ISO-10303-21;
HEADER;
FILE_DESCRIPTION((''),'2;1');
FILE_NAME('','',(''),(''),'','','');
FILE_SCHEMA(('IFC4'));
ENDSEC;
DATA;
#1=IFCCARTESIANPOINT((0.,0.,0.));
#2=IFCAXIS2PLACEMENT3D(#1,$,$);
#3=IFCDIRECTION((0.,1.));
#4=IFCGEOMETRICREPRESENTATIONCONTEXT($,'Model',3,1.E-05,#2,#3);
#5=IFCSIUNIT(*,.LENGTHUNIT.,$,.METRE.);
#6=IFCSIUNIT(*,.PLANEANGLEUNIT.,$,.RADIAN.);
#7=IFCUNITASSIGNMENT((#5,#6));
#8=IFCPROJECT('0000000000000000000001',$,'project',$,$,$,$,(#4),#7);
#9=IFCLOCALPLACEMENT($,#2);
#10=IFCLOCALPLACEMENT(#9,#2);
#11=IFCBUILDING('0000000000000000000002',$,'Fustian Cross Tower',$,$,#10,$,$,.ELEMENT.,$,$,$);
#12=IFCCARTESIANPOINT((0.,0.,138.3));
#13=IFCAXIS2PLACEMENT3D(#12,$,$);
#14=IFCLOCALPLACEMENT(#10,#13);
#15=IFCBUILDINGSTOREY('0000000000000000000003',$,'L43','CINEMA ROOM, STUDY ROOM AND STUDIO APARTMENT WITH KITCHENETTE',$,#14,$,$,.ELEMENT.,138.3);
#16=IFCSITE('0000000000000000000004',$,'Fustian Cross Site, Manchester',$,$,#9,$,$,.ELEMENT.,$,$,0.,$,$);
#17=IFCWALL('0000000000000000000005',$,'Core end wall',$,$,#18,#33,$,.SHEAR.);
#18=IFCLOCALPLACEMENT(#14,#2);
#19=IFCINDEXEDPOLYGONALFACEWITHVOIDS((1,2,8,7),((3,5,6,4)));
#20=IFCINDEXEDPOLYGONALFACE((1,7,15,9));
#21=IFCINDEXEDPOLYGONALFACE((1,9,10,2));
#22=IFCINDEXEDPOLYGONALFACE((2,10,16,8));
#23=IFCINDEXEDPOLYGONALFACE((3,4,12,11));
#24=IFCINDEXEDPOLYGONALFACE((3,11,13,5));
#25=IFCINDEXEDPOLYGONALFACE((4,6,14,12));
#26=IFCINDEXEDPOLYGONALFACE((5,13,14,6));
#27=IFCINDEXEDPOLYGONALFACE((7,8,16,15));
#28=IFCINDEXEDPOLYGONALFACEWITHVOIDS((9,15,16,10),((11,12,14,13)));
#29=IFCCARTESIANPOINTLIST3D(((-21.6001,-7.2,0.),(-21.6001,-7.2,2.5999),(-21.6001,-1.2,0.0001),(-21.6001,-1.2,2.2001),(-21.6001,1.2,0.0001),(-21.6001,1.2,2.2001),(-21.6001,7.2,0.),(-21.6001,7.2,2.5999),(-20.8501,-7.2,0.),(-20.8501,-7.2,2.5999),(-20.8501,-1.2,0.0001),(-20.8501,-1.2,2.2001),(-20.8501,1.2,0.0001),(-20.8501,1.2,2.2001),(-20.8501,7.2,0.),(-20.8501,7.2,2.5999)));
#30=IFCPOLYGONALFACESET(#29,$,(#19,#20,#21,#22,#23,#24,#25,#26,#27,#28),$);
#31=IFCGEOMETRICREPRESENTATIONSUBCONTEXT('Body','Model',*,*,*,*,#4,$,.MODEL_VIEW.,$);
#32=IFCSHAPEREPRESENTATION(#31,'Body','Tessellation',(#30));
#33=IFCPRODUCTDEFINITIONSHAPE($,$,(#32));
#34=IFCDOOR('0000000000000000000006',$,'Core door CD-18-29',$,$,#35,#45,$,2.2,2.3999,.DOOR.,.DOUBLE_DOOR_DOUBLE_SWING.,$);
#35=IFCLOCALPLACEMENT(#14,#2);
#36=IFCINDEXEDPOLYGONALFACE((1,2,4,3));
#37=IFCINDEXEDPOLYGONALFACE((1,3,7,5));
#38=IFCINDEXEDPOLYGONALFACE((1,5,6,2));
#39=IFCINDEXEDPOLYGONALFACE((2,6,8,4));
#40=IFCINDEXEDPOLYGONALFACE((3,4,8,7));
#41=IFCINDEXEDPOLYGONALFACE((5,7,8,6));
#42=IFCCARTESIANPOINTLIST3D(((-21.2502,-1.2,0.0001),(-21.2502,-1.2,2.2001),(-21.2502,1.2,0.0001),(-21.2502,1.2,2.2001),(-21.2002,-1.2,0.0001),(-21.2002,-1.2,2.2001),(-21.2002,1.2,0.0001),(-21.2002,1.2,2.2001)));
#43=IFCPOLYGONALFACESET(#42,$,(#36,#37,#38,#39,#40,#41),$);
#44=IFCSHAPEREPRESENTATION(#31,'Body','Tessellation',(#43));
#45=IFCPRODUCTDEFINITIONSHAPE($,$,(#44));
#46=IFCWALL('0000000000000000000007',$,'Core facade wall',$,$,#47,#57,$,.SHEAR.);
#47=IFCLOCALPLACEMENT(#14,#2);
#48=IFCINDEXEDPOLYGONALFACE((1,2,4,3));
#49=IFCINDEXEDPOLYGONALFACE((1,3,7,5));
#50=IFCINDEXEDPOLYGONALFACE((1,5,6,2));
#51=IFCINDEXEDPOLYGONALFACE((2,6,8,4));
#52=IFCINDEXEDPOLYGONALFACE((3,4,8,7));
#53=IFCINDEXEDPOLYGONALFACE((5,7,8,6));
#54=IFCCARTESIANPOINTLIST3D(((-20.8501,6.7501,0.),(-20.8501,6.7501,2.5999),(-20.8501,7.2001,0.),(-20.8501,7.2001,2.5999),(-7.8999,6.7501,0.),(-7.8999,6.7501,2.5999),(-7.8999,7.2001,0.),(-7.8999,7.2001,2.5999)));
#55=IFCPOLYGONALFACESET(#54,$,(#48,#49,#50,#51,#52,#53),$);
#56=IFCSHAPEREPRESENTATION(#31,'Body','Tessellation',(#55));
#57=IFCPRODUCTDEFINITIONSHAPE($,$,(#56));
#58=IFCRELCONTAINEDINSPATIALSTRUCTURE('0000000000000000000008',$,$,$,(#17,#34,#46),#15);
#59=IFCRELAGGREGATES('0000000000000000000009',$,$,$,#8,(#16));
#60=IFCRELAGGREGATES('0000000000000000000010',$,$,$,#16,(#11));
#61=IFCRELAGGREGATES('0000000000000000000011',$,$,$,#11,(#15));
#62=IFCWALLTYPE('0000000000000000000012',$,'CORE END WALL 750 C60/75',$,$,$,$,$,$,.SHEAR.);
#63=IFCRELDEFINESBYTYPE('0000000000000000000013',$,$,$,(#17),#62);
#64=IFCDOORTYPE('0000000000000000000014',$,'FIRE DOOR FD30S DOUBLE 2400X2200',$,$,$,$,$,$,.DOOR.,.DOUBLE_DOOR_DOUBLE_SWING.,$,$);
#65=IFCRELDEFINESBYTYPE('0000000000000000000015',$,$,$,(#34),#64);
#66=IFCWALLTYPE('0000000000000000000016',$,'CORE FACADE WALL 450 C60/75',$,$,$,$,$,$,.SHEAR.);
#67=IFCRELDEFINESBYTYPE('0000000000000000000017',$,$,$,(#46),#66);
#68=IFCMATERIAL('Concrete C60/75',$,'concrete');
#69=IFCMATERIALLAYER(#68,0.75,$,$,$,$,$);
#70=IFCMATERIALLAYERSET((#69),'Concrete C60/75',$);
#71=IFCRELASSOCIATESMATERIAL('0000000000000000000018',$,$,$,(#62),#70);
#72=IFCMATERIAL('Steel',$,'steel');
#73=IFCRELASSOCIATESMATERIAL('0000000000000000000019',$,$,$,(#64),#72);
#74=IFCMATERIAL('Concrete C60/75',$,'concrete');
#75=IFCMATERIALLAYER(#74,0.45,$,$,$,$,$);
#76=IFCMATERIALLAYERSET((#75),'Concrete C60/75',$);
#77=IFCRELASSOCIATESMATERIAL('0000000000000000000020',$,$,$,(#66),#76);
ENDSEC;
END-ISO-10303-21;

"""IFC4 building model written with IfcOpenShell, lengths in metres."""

from ifc_helpers import new_model, si_unit, direction, frame, frame_2d, origin, place, context, subcontext, project, spatial, rectangle, extrude, material, layer, layer_set, type_object, element, fill, save


model = new_model("IFC4")

# Units and contexts
model_context = context("Model", 3, precision=1e-05, world=origin(), true_north=direction((0.0, 1.0)))
body_context = subcontext(model_context, "Body", "Model", "MODEL_VIEW")
ifc_project = project(units=[si_unit("LENGTHUNIT", "METRE"), si_unit("PLANEANGLEUNIT", "RADIAN")], contexts=[model_context])

# Site, building, storey
site_placement = place(None, origin())
site = spatial("IfcSite", under=ifc_project, at=site_placement, Name="Fustian Cross Site, Manchester", CompositionType="ELEMENT", RefElevation=0.0)
building_placement = place(site_placement, origin())
building = spatial("IfcBuilding", under=site, at=building_placement, Name="Fustian Cross Tower", CompositionType="ELEMENT")
storey_placement = place(building_placement, frame((0.0, 0.0, 138.3)))
storey = spatial("IfcBuildingStorey", under=building, at=storey_placement, Name="L43", Description="CINEMA ROOM, STUDY ROOM AND STUDIO APARTMENT WITH KITCHENETTE", CompositionType="ELEMENT", Elevation=138.3)

# Wall, opening, door
ifc_material_1 = material(Name="Concrete C60/75", Category="concrete")
ifc_layer_1 = layer(ifc_material_1, 0.75)
ifc_layer_set_1 = layer_set([ifc_layer_1], Name="Concrete C60/75")
wall_type_1 = type_object("IfcWallType", Name="CORE END WALL 750 C60/75", PredefinedType="SHEAR", material=ifc_layer_set_1)
wall_1_placement = place(storey_placement, frame((-21.2251, -7.2, 0.0), z_axis=(0.0, 0.0, 1.0), x_axis=(0.0, 1.0, 0.0)))
wall_1 = element("IfcWall", 1, at=wall_1_placement, inside=storey, type_object=wall_type_1, Name="Core end wall", PredefinedType="SHEAR", context=body_context, shape_type="SweptSolid", body=[
    extrude(rectangle(XDim=14.3999, YDim=0.75, at=frame_2d((7.2, 0.0))), origin(), (0.0, 0.0, 1.0), 2.5999),
])
opening_1_placement = place(wall_1_placement, frame((6.0, 0.0, 0.0)))
opening_1 = element("IfcOpeningElement", 2, at=opening_1_placement, cuts=wall_1, PredefinedType="OPENING", context=body_context, shape_type="SweptSolid", body=[
    extrude(rectangle(XDim=2.3999, YDim=2.2, at=frame_2d((1.2, 1.1001))), frame((0.0, 0.385, 0.0), z_axis=(0.0, -1.0, 0.0), x_axis=(1.0, 0.0, 0.0)), (0.0, 0.0, 1.0), 0.77),
])
ifc_material_2 = material(Name="Steel", Category="steel")
door_type_1 = type_object("IfcDoorType", Name="FIRE DOOR FD30S DOUBLE 2400X2200", OperationType="DOUBLE_DOOR_DOUBLE_SWING", PredefinedType="DOOR", material=ifc_material_2)
door_1_placement = place(opening_1_placement, frame((2.3999, 0.0, 0.0), z_axis=(0.0, 0.0, 1.0), x_axis=(-1.0, 0.0, 0.0)))
door_1 = element("IfcDoor", 3, at=door_1_placement, inside=storey, type_object=door_type_1, Name="Core door CD-18-29", OperationType="DOUBLE_DOOR_DOUBLE_SWING", OverallHeight=2.2, OverallWidth=2.3999, PredefinedType="DOOR", context=body_context, shape_type="SweptSolid", body=[
    extrude(rectangle(XDim=2.3999, YDim=2.2, at=frame_2d((1.2, 1.1001))), frame((0.0, 0.0249, 0.0), z_axis=(0.0, -1.0, 0.0), x_axis=(1.0, 0.0, 0.0)), (0.0, 0.0, 1.0), 0.05),
])
fill(opening_1, door_1)

# Wall
ifc_material_3 = material(Name="Concrete C60/75", Category="concrete")
ifc_layer_2 = layer(ifc_material_3, 0.45)
ifc_layer_set_2 = layer_set([ifc_layer_2], Name="Concrete C60/75")
wall_type_2 = type_object("IfcWallType", Name="CORE FACADE WALL 450 C60/75", PredefinedType="SHEAR", material=ifc_layer_set_2)
wall_2_placement = place(storey_placement, frame((-7.8999, 6.9751, 0.0), z_axis=(0.0, 0.0, 1.0), x_axis=(-1.0, 0.0, 0.0)))
element("IfcWall", 4, at=wall_2_placement, inside=storey, type_object=wall_type_2, Name="Core facade wall", PredefinedType="SHEAR", context=body_context, shape_type="SweptSolid", body=[
    extrude(rectangle(XDim=12.9502, YDim=0.45, at=frame_2d((6.4751, 0.0))), origin(), (0.0, 0.0, 1.0), 2.5999),
])

save(model, "model.ifc")
